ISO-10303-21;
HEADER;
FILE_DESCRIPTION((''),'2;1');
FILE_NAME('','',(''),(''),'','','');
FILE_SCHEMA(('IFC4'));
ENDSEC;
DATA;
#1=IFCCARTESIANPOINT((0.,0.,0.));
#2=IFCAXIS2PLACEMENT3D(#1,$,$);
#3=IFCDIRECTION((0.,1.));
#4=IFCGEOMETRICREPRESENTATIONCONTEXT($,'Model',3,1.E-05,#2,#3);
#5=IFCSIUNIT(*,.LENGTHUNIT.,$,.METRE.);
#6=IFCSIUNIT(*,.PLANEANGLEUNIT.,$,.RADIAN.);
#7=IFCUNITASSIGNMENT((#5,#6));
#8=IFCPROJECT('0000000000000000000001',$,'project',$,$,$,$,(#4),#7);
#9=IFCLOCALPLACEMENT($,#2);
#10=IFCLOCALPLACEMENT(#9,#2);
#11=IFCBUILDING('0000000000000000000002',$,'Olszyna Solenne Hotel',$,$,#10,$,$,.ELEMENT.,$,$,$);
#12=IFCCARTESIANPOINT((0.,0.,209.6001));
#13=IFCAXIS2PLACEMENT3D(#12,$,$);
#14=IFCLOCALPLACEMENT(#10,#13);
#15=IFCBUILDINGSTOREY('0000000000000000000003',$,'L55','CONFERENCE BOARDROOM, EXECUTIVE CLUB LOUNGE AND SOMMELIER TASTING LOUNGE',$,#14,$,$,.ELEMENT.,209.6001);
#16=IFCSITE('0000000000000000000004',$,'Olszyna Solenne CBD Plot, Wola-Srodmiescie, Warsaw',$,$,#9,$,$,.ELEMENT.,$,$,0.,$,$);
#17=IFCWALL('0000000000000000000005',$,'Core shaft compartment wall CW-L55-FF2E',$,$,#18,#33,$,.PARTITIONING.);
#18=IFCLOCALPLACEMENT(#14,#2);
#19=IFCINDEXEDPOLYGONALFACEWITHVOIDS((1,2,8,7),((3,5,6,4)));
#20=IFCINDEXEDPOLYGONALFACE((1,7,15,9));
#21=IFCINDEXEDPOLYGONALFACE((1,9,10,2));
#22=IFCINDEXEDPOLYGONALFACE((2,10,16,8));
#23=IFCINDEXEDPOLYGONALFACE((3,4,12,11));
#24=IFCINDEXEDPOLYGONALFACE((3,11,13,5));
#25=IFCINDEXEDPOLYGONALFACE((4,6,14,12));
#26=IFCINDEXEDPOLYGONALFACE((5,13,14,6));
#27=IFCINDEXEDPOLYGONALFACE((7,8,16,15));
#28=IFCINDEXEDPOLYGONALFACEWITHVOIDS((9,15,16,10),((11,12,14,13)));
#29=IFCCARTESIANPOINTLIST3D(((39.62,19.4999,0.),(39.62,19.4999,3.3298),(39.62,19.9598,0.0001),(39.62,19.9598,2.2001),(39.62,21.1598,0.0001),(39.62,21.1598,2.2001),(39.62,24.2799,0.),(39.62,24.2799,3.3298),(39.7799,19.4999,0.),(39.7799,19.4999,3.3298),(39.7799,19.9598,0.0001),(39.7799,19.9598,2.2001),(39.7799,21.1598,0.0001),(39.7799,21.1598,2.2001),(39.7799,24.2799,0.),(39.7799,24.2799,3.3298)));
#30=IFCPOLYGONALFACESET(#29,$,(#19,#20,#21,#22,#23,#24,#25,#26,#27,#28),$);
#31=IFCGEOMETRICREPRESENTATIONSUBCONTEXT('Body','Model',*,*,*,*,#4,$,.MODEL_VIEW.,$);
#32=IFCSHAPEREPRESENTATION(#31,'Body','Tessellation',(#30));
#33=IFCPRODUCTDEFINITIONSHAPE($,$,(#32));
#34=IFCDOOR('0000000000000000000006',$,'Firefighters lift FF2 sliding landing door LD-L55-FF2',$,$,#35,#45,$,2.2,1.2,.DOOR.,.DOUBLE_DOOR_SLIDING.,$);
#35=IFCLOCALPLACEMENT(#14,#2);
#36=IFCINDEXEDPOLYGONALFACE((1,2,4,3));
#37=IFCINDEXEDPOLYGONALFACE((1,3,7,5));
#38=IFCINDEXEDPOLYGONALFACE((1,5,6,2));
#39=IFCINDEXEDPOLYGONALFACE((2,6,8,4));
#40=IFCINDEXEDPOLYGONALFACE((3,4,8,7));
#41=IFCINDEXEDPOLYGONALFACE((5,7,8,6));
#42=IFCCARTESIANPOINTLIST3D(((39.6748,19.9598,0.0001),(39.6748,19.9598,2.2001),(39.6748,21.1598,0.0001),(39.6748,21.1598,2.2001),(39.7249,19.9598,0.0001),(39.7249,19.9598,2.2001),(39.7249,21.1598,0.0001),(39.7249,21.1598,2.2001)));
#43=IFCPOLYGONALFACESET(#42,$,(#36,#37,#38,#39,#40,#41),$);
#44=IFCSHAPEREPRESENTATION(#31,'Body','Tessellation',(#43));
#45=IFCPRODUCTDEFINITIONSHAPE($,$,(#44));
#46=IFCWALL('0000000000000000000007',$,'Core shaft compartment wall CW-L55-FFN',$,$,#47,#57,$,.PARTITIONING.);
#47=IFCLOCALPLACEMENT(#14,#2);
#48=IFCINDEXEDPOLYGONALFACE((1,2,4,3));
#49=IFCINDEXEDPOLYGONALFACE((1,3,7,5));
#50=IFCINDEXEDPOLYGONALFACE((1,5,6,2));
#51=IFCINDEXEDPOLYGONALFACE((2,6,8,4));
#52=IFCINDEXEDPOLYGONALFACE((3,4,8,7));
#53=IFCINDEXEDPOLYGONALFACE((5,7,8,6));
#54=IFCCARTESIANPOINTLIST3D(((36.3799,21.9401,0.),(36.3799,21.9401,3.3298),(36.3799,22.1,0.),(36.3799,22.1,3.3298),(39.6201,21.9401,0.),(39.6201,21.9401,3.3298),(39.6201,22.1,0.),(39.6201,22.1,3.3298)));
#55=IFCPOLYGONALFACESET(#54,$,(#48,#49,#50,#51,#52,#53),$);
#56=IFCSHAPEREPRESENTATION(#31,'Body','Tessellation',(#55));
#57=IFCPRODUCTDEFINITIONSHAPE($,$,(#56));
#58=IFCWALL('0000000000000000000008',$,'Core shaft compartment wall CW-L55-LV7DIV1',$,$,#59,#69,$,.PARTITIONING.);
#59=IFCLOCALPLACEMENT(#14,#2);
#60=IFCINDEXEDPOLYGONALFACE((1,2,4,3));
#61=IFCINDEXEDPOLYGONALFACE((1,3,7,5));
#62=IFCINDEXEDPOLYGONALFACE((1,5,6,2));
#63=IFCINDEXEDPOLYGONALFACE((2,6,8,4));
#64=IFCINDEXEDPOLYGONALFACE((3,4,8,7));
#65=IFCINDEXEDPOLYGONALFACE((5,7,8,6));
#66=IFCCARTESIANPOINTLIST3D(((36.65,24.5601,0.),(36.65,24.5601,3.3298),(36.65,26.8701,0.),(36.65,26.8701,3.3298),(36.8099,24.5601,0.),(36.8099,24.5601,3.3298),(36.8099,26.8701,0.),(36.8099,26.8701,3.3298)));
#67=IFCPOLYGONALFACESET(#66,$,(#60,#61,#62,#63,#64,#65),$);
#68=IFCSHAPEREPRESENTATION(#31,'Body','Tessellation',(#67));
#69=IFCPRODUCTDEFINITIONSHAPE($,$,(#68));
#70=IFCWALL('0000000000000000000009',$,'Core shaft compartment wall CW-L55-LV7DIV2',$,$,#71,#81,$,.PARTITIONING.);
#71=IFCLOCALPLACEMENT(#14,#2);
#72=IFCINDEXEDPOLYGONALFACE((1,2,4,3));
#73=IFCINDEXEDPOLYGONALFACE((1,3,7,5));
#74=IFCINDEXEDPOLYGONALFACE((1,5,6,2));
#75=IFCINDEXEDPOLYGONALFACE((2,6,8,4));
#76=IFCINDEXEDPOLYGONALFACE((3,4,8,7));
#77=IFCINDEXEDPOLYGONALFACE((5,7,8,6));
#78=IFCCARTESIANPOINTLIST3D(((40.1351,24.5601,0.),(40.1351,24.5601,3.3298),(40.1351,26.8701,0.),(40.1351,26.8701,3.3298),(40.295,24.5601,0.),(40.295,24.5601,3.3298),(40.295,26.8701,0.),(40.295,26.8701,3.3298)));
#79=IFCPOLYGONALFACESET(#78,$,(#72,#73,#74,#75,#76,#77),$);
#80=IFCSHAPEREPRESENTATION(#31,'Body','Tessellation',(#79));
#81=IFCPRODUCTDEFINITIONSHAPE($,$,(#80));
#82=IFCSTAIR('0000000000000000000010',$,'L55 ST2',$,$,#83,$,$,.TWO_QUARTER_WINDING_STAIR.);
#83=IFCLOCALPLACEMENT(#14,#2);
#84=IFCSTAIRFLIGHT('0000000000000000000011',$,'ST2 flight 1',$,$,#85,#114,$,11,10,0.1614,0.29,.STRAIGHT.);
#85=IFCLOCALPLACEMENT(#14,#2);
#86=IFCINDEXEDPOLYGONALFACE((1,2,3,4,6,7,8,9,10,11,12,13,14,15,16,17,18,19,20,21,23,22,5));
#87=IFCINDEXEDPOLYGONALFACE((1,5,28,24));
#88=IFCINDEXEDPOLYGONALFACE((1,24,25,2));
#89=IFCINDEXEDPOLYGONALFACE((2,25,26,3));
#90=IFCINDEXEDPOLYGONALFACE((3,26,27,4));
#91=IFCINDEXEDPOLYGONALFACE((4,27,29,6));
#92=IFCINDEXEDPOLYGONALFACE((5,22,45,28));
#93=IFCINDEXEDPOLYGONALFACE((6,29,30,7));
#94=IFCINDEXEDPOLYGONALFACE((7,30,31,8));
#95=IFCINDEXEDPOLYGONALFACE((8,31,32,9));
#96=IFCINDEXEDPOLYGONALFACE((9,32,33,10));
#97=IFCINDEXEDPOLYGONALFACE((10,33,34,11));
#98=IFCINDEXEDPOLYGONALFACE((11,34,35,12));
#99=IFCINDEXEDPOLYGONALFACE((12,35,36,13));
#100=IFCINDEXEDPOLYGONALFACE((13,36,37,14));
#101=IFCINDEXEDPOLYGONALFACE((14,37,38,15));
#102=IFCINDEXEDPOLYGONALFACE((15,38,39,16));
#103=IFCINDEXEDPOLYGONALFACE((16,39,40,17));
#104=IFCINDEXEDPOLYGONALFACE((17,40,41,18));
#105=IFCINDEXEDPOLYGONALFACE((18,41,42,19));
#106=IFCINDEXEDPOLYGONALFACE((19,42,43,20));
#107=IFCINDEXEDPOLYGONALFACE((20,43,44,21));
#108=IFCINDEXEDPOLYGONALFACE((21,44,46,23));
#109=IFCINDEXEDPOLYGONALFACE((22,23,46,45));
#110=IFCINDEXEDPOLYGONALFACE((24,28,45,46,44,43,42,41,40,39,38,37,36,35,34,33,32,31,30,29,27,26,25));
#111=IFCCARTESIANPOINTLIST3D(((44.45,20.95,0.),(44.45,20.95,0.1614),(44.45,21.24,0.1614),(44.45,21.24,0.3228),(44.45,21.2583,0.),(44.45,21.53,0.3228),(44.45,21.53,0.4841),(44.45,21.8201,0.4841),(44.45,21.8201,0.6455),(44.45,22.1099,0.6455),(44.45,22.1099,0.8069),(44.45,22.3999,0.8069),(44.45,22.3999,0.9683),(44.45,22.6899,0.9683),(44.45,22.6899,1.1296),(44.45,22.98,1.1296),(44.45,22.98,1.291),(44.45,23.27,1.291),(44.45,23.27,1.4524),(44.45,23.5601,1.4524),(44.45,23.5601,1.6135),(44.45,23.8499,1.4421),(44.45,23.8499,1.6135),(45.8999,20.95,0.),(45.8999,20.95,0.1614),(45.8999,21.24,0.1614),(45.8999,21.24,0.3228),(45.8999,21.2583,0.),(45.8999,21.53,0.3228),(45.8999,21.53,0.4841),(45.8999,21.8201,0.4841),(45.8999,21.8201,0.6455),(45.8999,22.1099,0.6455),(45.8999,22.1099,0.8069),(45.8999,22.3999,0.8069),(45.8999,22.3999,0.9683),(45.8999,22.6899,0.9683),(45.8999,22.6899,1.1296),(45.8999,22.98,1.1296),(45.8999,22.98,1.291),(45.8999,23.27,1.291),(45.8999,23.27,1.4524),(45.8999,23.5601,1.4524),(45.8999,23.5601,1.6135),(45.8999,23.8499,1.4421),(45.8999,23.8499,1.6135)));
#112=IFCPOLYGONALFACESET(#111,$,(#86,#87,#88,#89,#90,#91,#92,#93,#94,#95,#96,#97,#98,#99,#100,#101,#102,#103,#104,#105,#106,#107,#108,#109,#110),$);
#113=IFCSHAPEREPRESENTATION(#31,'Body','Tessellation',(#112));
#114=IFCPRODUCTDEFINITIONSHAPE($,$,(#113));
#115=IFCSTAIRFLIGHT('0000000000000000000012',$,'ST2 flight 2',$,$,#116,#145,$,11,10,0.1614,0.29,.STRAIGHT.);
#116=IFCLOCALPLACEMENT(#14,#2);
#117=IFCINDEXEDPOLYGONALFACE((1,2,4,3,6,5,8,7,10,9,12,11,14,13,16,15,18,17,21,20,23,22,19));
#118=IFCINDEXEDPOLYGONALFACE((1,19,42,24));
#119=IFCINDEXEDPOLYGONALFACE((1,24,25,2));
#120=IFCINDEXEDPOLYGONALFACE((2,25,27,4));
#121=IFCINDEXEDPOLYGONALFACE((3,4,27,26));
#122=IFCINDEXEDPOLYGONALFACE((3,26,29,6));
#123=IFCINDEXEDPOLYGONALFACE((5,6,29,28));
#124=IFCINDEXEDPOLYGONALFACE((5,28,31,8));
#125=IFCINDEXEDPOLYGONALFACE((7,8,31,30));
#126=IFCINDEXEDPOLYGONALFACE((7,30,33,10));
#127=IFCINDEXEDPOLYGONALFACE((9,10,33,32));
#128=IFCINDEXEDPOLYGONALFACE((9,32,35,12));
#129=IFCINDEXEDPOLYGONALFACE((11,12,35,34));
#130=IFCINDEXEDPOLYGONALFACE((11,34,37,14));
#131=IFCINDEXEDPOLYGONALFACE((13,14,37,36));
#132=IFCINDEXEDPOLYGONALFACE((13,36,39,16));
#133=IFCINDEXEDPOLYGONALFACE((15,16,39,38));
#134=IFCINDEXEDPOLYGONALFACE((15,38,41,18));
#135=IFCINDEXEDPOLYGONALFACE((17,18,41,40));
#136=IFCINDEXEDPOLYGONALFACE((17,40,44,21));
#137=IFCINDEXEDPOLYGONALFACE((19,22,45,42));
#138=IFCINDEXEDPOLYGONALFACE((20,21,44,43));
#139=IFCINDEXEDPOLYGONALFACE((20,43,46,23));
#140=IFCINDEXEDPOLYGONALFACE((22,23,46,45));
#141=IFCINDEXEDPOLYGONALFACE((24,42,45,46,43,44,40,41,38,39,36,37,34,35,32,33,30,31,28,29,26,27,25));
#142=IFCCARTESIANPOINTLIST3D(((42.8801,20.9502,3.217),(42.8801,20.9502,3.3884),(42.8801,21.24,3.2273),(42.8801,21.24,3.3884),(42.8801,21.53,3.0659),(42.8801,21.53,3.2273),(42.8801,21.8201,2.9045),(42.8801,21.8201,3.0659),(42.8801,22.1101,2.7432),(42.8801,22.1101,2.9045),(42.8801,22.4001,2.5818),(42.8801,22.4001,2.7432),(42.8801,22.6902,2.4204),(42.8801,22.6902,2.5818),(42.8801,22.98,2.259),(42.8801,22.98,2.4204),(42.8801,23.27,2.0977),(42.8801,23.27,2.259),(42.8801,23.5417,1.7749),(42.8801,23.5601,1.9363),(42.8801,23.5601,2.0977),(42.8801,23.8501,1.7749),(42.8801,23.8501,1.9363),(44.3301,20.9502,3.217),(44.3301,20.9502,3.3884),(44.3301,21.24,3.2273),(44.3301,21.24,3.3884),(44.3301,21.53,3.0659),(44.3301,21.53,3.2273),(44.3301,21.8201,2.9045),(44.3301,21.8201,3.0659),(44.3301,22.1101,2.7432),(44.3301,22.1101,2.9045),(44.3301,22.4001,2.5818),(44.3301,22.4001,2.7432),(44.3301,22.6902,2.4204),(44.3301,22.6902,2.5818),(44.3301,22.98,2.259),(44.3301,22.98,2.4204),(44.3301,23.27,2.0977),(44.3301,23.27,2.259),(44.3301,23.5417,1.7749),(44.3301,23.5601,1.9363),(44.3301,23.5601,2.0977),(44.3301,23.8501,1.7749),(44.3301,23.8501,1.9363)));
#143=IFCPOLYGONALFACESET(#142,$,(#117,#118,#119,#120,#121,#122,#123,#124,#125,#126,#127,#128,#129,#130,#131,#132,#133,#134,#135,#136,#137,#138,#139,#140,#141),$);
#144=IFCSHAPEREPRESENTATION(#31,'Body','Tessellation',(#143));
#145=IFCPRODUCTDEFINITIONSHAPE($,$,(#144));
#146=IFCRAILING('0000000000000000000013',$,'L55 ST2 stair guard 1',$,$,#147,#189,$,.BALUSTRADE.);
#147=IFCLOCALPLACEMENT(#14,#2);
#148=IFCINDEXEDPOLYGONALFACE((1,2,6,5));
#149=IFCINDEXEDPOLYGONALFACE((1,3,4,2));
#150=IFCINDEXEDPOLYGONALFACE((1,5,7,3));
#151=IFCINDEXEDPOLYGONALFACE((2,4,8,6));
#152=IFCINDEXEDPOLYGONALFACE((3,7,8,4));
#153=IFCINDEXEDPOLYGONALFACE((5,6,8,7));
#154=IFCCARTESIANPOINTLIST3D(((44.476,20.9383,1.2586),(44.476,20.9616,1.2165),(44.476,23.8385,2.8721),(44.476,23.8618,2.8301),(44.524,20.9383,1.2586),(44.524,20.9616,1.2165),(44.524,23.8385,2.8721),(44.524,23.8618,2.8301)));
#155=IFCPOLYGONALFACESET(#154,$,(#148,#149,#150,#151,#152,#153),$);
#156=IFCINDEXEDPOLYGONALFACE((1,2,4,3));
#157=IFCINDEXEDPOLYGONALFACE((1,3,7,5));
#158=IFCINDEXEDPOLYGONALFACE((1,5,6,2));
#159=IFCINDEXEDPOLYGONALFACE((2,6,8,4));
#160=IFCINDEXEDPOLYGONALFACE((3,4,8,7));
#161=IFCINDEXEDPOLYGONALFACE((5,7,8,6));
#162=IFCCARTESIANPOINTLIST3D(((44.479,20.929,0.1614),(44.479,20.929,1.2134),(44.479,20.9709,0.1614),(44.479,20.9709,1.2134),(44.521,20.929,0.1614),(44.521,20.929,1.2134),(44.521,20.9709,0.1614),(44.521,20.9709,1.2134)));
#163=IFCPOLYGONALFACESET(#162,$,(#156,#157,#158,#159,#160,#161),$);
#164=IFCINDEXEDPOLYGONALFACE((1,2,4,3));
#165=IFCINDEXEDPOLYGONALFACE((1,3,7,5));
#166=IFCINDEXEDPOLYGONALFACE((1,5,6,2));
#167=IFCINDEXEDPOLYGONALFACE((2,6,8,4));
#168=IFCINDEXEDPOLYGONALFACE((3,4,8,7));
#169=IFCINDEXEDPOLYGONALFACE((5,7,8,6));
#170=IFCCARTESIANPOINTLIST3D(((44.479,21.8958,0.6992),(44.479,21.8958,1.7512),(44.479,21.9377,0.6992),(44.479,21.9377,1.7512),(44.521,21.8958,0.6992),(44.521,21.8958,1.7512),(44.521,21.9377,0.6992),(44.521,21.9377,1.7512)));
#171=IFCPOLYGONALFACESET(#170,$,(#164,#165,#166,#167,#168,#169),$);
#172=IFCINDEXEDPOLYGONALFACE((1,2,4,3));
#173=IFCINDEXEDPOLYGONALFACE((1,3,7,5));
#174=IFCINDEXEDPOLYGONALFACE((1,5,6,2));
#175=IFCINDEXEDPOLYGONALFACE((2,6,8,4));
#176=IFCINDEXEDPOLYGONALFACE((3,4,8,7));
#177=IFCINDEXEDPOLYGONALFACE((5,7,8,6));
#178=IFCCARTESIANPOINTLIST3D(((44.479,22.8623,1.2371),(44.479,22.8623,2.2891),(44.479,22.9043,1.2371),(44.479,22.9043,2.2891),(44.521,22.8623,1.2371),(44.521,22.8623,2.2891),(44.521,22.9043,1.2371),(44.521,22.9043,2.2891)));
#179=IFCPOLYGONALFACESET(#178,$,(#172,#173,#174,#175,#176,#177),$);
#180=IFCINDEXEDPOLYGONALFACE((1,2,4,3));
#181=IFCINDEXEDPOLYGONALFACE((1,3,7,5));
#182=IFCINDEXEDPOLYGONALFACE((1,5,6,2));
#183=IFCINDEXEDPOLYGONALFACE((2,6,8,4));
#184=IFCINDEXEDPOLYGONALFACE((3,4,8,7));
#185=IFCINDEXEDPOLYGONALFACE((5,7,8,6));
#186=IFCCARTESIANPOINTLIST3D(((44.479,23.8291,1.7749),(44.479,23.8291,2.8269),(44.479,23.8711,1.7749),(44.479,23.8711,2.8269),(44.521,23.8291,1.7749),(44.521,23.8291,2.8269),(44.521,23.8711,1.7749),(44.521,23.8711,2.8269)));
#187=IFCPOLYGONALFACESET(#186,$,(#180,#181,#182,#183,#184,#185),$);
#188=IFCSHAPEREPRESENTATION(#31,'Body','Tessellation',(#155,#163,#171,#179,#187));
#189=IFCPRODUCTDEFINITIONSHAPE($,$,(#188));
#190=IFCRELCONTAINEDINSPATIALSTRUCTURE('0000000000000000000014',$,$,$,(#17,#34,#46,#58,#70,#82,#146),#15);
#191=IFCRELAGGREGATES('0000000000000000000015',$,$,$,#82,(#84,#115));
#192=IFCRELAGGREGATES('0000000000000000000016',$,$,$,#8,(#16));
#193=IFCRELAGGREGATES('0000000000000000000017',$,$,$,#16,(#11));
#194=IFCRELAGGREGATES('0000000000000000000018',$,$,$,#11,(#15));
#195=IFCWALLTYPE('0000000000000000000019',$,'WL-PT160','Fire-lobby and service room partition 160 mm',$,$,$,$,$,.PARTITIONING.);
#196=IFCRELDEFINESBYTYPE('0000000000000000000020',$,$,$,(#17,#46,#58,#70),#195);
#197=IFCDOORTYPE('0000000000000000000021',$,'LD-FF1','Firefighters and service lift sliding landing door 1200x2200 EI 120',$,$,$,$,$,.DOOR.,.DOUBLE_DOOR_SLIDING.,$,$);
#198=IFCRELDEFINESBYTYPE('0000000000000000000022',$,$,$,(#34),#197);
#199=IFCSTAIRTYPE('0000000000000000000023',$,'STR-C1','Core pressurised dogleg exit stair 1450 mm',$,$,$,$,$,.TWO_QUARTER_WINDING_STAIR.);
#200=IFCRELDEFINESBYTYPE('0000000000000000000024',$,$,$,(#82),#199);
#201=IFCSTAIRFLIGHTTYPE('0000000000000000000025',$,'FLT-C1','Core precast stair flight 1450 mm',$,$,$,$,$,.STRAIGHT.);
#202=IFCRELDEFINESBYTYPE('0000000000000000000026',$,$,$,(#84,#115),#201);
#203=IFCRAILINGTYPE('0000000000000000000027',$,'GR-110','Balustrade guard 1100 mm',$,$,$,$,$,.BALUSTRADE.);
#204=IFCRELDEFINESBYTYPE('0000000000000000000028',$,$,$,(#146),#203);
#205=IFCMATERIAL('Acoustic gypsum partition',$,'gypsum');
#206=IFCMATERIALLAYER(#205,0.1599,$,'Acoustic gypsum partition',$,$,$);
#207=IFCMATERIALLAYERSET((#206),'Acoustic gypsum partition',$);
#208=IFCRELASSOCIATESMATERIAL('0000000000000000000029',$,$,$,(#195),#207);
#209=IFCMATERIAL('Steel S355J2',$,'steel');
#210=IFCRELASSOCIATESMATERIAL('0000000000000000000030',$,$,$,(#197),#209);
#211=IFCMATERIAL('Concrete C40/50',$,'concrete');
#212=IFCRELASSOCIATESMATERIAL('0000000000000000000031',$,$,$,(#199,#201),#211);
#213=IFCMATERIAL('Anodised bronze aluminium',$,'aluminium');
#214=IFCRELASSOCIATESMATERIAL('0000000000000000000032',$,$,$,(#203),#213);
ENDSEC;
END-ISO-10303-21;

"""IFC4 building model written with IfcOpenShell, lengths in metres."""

from ifc_helpers import new_model, si_unit, direction, frame, frame_2d, origin, origin_2d, place, context, subcontext, project, spatial, polyline, rectangle, outline, extrude, source, transform, mapped, material, layer, layer_set, type_object, type_shapes, element, fill, aggregate, save


model = new_model("IFC4")

# Units and contexts
model_context = context("Model", 3, precision=1e-05, world=origin(), true_north=direction((0.0, 1.0)))
body_context = subcontext(model_context, "Body", "Model", "MODEL_VIEW")
ifc_project = project(units=[si_unit("LENGTHUNIT", "METRE"), si_unit("PLANEANGLEUNIT", "RADIAN")], contexts=[model_context])

# Site, building, storey
site_placement = place(None, origin())
site = spatial("IfcSite", under=ifc_project, at=site_placement, Name="Olszyna Solenne CBD Plot, Wola-Srodmiescie, Warsaw", CompositionType="ELEMENT", RefElevation=0.0)
building_placement = place(site_placement, origin())
building = spatial("IfcBuilding", under=site, at=building_placement, Name="Olszyna Solenne Hotel", CompositionType="ELEMENT")
storey_placement = place(building_placement, frame((0.0, 0.0, 209.6001)))
storey = spatial("IfcBuildingStorey", under=building, at=storey_placement, Name="L55", Description="CONFERENCE BOARDROOM, EXECUTIVE CLUB LOUNGE AND SOMMELIER TASTING LOUNGE", CompositionType="ELEMENT", Elevation=209.6001)

# Shared definitions
ifc_material_1 = material(Name="Steel S355J2", Category="steel")

# Shared definitions
ifc_material_2 = material(Name="Anodised bronze aluminium", Category="aluminium")

# Shared definitions
ifc_material_3 = material(Name="Acoustic gypsum partition", Category="gypsum")

# Shared definitions
ifc_layer_1 = layer(ifc_material_3, 0.1599, Name="Acoustic gypsum partition")
ifc_layer_set_1 = layer_set([ifc_layer_1], Name="Acoustic gypsum partition")
wall_type_1 = type_object("IfcWallType", Name="WL-PT160", Description="Fire-lobby and service room partition 160 mm", PredefinedType="PARTITIONING", material=ifc_layer_set_1)
door_type_1 = type_object("IfcDoorType", Name="LD-FF1", Description="Firefighters and service lift sliding landing door 1200x2200 EI 120", OperationType="DOUBLE_DOOR_SLIDING", PredefinedType="DOOR", material=ifc_material_1)
shared_shape_1 = source(origin(), body_context, "Body", "SweptSolid", [
    extrude(rectangle(XDim=1.2, YDim=2.2, at=frame_2d((0.6001, 1.1001))), frame((0.0, 0.0249, 0.0), z_axis=(0.0, -1.0, 0.0), x_axis=(1.0, 0.0, 0.0)), (0.0, 0.0, 1.0), 0.05),
])
type_shapes(door_type_1, [shared_shape_1])

# Wall, opening, door
wall_1_placement = place(storey_placement, frame((39.7, 24.28, 0.0), z_axis=(0.0, 0.0, 1.0), x_axis=(0.0, -1.0, 0.0)))
wall_1 = element("IfcWall", 1, at=wall_1_placement, inside=storey, type_object=wall_type_1, Name="Core shaft compartment wall CW-L55-FF2E", PredefinedType="PARTITIONING", context=body_context, shape_type="SweptSolid", body=[
    extrude(rectangle(XDim=4.78, YDim=0.1599, at=frame_2d((2.3901, 0.0))), origin(), (0.0, 0.0, 1.0), 3.3298),
])
opening_1_placement = place(wall_1_placement, frame((3.1201, 0.0, 0.0)))
opening_1 = element("IfcOpeningElement", 2, at=opening_1_placement, cuts=wall_1, PredefinedType="OPENING", context=body_context, shape_type="SweptSolid", body=[
    extrude(rectangle(XDim=1.2, YDim=2.2, at=frame_2d((0.6001, 1.1001))), frame((0.0, 0.0898, 0.0), z_axis=(0.0, -1.0, 0.0), x_axis=(1.0, 0.0, 0.0)), (0.0, 0.0, 1.0), 0.1799),
])
door_1_placement = place(opening_1_placement, origin())
door_1 = element("IfcDoor", 3, at=door_1_placement, inside=storey, type_object=door_type_1, Name="Firefighters lift FF2 sliding landing door LD-L55-FF2", OperationType="DOUBLE_DOOR_SLIDING", OverallHeight=2.2, OverallWidth=1.2, PredefinedType="DOOR", context=body_context, shape_type="MappedRepresentation", body=[
    mapped(shared_shape_1, transform((0.0, 0.0, 0.0), x_axis=(1.0, 0.0, 0.0), y_axis=(0.0, 1.0, 0.0), z_axis=(0.0, 0.0, 1.0), scale=1.0)),
])
fill(opening_1, door_1)

# Walls
wall_2_placement = place(storey_placement, frame((36.3799, 22.02, 0.0), z_axis=(0.0, 0.0, 1.0), x_axis=(1.0, 0.0, 0.0)))
element("IfcWall", 4, at=wall_2_placement, inside=storey, type_object=wall_type_1, Name="Core shaft compartment wall CW-L55-FFN", PredefinedType="PARTITIONING", context=body_context, shape_type="SweptSolid", body=[
    extrude(rectangle(XDim=3.2402, YDim=0.1599, at=frame_2d((1.6201, 0.0))), origin(), (0.0, 0.0, 1.0), 3.3298),
])
for number, where, z_axis, x_axis, name in (
    (5, (36.73, 24.5601, 0.0), (0.0, 0.0, 1.0), (0.0, 1.0, 0.0), "Core shaft compartment wall CW-L55-LV7DIV1"),
    (6, (40.2151, 24.5601, 0.0), (0.0, 0.0, 1.0), (0.0, 1.0, 0.0), "Core shaft compartment wall CW-L55-LV7DIV2"),
):
    element("IfcWall", number, at=place(storey_placement, frame(where, z_axis=z_axis, x_axis=x_axis)), inside=storey, type_object=wall_type_1, Name=name, PredefinedType="PARTITIONING", context=body_context, shape_type="SweptSolid", body=[
        extrude(rectangle(XDim=2.3101, YDim=0.1599, at=frame_2d((1.155, 0.0))), origin(), (0.0, 0.0, 1.0), 3.3298),
    ])

# Stair, stair flights
ifc_material_4 = material(Name="Concrete C40/50", Category="concrete")
stair_type = type_object("IfcStairType", Name="STR-C1", Description="Core pressurised dogleg exit stair 1450 mm", PredefinedType="TWO_QUARTER_WINDING_STAIR", material=ifc_material_4)
stair_placement = place(storey_placement, origin())
stair = element("IfcStair", 7, at=stair_placement, inside=storey, type_object=stair_type, Name="L55 ST2", PredefinedType="TWO_QUARTER_WINDING_STAIR")
stair_flight_type = type_object("IfcStairFlightType", Name="FLT-C1", Description="Core precast stair flight 1450 mm", PredefinedType="STRAIGHT", material=ifc_material_4)
stair_flight_1_placement = place(storey_placement, frame((45.175, 20.95, 0.0), z_axis=(0.0, 0.0, 1.0), x_axis=(0.0, 1.0, 0.0)))
stair_flight_1 = element("IfcStairFlight", 8, at=stair_flight_1_placement, type_object=stair_flight_type, Name="ST2 flight 1", NumberOfRisers=11, NumberOfTreads=10, PredefinedType="STRAIGHT", RiserHeight=0.1614, TreadLength=0.29, context=body_context, shape_type="SweptSolid", body=[
    extrude(outline(polyline([(0.0, 0.0), (0.0, 0.1614), (0.29, 0.1614), (0.29, 0.3228), (0.5801, 0.3228), (0.5801, 0.4841), (0.8701, 0.4841), (0.8701, 0.6455), (1.1599, 0.6455), (1.1599, 0.8069), (1.45, 0.8069), (1.45, 0.9683), (1.74, 0.9683), (1.74, 1.1296), (2.03, 1.1296), (2.03, 1.291), (2.3201, 1.291), (2.3201, 1.4524), (2.6101, 1.4524), (2.6101, 1.6135), (2.8999, 1.6135), (2.8999, 1.7749), (2.8999, 1.4421), (0.3083, 0.0), (0.0, 0.0)])), frame((0.0, 0.7251, 0.0), z_axis=(0.0, -1.0, 0.0), x_axis=(1.0, 0.0, 0.0)), (0.0, 0.0, 1.0), 1.45),
])
stair_flight_2_placement = place(storey_placement, frame((43.605, 23.8501, 1.7749), z_axis=(0.0, 0.0, 1.0), x_axis=(0.0, -1.0, 0.0)))
stair_flight_2 = element("IfcStairFlight", 9, at=stair_flight_2_placement, type_object=stair_flight_type, Name="ST2 flight 2", NumberOfRisers=11, NumberOfTreads=10, PredefinedType="STRAIGHT", RiserHeight=0.1614, TreadLength=0.29, context=body_context, shape_type="SweptSolid", body=[
    extrude(outline(polyline([(0.0, 0.0), (0.0, 0.1614), (0.29, 0.1614), (0.29, 0.3228), (0.5801, 0.3228), (0.5801, 0.4841), (0.8701, 0.4841), (0.8701, 0.6455), (1.1599, 0.6455), (1.1599, 0.8069), (1.45, 0.8069), (1.45, 0.9683), (1.74, 0.9683), (1.74, 1.1296), (2.03, 1.1296), (2.03, 1.291), (2.3201, 1.291), (2.3201, 1.4524), (2.6101, 1.4524), (2.6101, 1.6135), (2.8999, 1.6135), (2.8999, 1.7749), (2.8999, 1.4421), (0.3083, 0.0), (0.0, 0.0)])), frame((0.0, 0.7251, 0.0), z_axis=(0.0, -1.0, 0.0), x_axis=(1.0, 0.0, 0.0)), (0.0, 0.0, 1.0), 1.45),
])
aggregate(stair, [stair_flight_1, stair_flight_2])

# Railing
railing_type_1 = type_object("IfcRailingType", Name="GR-110", Description="Balustrade guard 1100 mm", PredefinedType="BALUSTRADE", material=ifc_material_2)
railing_1_placement = place(storey_placement, frame((44.5, 20.95, 0.1614)))
element("IfcRailing", 10, at=railing_1_placement, inside=storey, type_object=railing_type_1, Name="L55 ST2 stair guard 1", PredefinedType="BALUSTRADE", context=body_context, shape_type="SweptSolid", body=[
    extrude(rectangle(XDim=0.0481, YDim=0.0481, at=origin_2d()), frame((0.0, 0.0, 1.0762), z_axis=(0.0, 0.873859, 0.48618), x_axis=(-1.0, 0.0, 0.0)), (0.0, 0.0, 1.0), 3.3188),
    extrude(rectangle(XDim=0.042, YDim=0.042, at=origin_2d()), origin(), (0.0, 0.0, 1.0), 1.052),
    extrude(rectangle(XDim=0.042, YDim=0.042, at=origin_2d()), frame((0.0, 0.9668, 0.5378)), (0.0, 0.0, 1.0), 1.052),
    extrude(rectangle(XDim=0.042, YDim=0.042, at=origin_2d()), frame((0.0, 1.9333, 1.0757)), (0.0, 0.0, 1.0), 1.052),
    extrude(rectangle(XDim=0.042, YDim=0.042, at=origin_2d()), frame((0.0, 2.9001, 1.6135)), (0.0, 0.0, 1.0), 1.052),
])

save(model, "model.ifc")
